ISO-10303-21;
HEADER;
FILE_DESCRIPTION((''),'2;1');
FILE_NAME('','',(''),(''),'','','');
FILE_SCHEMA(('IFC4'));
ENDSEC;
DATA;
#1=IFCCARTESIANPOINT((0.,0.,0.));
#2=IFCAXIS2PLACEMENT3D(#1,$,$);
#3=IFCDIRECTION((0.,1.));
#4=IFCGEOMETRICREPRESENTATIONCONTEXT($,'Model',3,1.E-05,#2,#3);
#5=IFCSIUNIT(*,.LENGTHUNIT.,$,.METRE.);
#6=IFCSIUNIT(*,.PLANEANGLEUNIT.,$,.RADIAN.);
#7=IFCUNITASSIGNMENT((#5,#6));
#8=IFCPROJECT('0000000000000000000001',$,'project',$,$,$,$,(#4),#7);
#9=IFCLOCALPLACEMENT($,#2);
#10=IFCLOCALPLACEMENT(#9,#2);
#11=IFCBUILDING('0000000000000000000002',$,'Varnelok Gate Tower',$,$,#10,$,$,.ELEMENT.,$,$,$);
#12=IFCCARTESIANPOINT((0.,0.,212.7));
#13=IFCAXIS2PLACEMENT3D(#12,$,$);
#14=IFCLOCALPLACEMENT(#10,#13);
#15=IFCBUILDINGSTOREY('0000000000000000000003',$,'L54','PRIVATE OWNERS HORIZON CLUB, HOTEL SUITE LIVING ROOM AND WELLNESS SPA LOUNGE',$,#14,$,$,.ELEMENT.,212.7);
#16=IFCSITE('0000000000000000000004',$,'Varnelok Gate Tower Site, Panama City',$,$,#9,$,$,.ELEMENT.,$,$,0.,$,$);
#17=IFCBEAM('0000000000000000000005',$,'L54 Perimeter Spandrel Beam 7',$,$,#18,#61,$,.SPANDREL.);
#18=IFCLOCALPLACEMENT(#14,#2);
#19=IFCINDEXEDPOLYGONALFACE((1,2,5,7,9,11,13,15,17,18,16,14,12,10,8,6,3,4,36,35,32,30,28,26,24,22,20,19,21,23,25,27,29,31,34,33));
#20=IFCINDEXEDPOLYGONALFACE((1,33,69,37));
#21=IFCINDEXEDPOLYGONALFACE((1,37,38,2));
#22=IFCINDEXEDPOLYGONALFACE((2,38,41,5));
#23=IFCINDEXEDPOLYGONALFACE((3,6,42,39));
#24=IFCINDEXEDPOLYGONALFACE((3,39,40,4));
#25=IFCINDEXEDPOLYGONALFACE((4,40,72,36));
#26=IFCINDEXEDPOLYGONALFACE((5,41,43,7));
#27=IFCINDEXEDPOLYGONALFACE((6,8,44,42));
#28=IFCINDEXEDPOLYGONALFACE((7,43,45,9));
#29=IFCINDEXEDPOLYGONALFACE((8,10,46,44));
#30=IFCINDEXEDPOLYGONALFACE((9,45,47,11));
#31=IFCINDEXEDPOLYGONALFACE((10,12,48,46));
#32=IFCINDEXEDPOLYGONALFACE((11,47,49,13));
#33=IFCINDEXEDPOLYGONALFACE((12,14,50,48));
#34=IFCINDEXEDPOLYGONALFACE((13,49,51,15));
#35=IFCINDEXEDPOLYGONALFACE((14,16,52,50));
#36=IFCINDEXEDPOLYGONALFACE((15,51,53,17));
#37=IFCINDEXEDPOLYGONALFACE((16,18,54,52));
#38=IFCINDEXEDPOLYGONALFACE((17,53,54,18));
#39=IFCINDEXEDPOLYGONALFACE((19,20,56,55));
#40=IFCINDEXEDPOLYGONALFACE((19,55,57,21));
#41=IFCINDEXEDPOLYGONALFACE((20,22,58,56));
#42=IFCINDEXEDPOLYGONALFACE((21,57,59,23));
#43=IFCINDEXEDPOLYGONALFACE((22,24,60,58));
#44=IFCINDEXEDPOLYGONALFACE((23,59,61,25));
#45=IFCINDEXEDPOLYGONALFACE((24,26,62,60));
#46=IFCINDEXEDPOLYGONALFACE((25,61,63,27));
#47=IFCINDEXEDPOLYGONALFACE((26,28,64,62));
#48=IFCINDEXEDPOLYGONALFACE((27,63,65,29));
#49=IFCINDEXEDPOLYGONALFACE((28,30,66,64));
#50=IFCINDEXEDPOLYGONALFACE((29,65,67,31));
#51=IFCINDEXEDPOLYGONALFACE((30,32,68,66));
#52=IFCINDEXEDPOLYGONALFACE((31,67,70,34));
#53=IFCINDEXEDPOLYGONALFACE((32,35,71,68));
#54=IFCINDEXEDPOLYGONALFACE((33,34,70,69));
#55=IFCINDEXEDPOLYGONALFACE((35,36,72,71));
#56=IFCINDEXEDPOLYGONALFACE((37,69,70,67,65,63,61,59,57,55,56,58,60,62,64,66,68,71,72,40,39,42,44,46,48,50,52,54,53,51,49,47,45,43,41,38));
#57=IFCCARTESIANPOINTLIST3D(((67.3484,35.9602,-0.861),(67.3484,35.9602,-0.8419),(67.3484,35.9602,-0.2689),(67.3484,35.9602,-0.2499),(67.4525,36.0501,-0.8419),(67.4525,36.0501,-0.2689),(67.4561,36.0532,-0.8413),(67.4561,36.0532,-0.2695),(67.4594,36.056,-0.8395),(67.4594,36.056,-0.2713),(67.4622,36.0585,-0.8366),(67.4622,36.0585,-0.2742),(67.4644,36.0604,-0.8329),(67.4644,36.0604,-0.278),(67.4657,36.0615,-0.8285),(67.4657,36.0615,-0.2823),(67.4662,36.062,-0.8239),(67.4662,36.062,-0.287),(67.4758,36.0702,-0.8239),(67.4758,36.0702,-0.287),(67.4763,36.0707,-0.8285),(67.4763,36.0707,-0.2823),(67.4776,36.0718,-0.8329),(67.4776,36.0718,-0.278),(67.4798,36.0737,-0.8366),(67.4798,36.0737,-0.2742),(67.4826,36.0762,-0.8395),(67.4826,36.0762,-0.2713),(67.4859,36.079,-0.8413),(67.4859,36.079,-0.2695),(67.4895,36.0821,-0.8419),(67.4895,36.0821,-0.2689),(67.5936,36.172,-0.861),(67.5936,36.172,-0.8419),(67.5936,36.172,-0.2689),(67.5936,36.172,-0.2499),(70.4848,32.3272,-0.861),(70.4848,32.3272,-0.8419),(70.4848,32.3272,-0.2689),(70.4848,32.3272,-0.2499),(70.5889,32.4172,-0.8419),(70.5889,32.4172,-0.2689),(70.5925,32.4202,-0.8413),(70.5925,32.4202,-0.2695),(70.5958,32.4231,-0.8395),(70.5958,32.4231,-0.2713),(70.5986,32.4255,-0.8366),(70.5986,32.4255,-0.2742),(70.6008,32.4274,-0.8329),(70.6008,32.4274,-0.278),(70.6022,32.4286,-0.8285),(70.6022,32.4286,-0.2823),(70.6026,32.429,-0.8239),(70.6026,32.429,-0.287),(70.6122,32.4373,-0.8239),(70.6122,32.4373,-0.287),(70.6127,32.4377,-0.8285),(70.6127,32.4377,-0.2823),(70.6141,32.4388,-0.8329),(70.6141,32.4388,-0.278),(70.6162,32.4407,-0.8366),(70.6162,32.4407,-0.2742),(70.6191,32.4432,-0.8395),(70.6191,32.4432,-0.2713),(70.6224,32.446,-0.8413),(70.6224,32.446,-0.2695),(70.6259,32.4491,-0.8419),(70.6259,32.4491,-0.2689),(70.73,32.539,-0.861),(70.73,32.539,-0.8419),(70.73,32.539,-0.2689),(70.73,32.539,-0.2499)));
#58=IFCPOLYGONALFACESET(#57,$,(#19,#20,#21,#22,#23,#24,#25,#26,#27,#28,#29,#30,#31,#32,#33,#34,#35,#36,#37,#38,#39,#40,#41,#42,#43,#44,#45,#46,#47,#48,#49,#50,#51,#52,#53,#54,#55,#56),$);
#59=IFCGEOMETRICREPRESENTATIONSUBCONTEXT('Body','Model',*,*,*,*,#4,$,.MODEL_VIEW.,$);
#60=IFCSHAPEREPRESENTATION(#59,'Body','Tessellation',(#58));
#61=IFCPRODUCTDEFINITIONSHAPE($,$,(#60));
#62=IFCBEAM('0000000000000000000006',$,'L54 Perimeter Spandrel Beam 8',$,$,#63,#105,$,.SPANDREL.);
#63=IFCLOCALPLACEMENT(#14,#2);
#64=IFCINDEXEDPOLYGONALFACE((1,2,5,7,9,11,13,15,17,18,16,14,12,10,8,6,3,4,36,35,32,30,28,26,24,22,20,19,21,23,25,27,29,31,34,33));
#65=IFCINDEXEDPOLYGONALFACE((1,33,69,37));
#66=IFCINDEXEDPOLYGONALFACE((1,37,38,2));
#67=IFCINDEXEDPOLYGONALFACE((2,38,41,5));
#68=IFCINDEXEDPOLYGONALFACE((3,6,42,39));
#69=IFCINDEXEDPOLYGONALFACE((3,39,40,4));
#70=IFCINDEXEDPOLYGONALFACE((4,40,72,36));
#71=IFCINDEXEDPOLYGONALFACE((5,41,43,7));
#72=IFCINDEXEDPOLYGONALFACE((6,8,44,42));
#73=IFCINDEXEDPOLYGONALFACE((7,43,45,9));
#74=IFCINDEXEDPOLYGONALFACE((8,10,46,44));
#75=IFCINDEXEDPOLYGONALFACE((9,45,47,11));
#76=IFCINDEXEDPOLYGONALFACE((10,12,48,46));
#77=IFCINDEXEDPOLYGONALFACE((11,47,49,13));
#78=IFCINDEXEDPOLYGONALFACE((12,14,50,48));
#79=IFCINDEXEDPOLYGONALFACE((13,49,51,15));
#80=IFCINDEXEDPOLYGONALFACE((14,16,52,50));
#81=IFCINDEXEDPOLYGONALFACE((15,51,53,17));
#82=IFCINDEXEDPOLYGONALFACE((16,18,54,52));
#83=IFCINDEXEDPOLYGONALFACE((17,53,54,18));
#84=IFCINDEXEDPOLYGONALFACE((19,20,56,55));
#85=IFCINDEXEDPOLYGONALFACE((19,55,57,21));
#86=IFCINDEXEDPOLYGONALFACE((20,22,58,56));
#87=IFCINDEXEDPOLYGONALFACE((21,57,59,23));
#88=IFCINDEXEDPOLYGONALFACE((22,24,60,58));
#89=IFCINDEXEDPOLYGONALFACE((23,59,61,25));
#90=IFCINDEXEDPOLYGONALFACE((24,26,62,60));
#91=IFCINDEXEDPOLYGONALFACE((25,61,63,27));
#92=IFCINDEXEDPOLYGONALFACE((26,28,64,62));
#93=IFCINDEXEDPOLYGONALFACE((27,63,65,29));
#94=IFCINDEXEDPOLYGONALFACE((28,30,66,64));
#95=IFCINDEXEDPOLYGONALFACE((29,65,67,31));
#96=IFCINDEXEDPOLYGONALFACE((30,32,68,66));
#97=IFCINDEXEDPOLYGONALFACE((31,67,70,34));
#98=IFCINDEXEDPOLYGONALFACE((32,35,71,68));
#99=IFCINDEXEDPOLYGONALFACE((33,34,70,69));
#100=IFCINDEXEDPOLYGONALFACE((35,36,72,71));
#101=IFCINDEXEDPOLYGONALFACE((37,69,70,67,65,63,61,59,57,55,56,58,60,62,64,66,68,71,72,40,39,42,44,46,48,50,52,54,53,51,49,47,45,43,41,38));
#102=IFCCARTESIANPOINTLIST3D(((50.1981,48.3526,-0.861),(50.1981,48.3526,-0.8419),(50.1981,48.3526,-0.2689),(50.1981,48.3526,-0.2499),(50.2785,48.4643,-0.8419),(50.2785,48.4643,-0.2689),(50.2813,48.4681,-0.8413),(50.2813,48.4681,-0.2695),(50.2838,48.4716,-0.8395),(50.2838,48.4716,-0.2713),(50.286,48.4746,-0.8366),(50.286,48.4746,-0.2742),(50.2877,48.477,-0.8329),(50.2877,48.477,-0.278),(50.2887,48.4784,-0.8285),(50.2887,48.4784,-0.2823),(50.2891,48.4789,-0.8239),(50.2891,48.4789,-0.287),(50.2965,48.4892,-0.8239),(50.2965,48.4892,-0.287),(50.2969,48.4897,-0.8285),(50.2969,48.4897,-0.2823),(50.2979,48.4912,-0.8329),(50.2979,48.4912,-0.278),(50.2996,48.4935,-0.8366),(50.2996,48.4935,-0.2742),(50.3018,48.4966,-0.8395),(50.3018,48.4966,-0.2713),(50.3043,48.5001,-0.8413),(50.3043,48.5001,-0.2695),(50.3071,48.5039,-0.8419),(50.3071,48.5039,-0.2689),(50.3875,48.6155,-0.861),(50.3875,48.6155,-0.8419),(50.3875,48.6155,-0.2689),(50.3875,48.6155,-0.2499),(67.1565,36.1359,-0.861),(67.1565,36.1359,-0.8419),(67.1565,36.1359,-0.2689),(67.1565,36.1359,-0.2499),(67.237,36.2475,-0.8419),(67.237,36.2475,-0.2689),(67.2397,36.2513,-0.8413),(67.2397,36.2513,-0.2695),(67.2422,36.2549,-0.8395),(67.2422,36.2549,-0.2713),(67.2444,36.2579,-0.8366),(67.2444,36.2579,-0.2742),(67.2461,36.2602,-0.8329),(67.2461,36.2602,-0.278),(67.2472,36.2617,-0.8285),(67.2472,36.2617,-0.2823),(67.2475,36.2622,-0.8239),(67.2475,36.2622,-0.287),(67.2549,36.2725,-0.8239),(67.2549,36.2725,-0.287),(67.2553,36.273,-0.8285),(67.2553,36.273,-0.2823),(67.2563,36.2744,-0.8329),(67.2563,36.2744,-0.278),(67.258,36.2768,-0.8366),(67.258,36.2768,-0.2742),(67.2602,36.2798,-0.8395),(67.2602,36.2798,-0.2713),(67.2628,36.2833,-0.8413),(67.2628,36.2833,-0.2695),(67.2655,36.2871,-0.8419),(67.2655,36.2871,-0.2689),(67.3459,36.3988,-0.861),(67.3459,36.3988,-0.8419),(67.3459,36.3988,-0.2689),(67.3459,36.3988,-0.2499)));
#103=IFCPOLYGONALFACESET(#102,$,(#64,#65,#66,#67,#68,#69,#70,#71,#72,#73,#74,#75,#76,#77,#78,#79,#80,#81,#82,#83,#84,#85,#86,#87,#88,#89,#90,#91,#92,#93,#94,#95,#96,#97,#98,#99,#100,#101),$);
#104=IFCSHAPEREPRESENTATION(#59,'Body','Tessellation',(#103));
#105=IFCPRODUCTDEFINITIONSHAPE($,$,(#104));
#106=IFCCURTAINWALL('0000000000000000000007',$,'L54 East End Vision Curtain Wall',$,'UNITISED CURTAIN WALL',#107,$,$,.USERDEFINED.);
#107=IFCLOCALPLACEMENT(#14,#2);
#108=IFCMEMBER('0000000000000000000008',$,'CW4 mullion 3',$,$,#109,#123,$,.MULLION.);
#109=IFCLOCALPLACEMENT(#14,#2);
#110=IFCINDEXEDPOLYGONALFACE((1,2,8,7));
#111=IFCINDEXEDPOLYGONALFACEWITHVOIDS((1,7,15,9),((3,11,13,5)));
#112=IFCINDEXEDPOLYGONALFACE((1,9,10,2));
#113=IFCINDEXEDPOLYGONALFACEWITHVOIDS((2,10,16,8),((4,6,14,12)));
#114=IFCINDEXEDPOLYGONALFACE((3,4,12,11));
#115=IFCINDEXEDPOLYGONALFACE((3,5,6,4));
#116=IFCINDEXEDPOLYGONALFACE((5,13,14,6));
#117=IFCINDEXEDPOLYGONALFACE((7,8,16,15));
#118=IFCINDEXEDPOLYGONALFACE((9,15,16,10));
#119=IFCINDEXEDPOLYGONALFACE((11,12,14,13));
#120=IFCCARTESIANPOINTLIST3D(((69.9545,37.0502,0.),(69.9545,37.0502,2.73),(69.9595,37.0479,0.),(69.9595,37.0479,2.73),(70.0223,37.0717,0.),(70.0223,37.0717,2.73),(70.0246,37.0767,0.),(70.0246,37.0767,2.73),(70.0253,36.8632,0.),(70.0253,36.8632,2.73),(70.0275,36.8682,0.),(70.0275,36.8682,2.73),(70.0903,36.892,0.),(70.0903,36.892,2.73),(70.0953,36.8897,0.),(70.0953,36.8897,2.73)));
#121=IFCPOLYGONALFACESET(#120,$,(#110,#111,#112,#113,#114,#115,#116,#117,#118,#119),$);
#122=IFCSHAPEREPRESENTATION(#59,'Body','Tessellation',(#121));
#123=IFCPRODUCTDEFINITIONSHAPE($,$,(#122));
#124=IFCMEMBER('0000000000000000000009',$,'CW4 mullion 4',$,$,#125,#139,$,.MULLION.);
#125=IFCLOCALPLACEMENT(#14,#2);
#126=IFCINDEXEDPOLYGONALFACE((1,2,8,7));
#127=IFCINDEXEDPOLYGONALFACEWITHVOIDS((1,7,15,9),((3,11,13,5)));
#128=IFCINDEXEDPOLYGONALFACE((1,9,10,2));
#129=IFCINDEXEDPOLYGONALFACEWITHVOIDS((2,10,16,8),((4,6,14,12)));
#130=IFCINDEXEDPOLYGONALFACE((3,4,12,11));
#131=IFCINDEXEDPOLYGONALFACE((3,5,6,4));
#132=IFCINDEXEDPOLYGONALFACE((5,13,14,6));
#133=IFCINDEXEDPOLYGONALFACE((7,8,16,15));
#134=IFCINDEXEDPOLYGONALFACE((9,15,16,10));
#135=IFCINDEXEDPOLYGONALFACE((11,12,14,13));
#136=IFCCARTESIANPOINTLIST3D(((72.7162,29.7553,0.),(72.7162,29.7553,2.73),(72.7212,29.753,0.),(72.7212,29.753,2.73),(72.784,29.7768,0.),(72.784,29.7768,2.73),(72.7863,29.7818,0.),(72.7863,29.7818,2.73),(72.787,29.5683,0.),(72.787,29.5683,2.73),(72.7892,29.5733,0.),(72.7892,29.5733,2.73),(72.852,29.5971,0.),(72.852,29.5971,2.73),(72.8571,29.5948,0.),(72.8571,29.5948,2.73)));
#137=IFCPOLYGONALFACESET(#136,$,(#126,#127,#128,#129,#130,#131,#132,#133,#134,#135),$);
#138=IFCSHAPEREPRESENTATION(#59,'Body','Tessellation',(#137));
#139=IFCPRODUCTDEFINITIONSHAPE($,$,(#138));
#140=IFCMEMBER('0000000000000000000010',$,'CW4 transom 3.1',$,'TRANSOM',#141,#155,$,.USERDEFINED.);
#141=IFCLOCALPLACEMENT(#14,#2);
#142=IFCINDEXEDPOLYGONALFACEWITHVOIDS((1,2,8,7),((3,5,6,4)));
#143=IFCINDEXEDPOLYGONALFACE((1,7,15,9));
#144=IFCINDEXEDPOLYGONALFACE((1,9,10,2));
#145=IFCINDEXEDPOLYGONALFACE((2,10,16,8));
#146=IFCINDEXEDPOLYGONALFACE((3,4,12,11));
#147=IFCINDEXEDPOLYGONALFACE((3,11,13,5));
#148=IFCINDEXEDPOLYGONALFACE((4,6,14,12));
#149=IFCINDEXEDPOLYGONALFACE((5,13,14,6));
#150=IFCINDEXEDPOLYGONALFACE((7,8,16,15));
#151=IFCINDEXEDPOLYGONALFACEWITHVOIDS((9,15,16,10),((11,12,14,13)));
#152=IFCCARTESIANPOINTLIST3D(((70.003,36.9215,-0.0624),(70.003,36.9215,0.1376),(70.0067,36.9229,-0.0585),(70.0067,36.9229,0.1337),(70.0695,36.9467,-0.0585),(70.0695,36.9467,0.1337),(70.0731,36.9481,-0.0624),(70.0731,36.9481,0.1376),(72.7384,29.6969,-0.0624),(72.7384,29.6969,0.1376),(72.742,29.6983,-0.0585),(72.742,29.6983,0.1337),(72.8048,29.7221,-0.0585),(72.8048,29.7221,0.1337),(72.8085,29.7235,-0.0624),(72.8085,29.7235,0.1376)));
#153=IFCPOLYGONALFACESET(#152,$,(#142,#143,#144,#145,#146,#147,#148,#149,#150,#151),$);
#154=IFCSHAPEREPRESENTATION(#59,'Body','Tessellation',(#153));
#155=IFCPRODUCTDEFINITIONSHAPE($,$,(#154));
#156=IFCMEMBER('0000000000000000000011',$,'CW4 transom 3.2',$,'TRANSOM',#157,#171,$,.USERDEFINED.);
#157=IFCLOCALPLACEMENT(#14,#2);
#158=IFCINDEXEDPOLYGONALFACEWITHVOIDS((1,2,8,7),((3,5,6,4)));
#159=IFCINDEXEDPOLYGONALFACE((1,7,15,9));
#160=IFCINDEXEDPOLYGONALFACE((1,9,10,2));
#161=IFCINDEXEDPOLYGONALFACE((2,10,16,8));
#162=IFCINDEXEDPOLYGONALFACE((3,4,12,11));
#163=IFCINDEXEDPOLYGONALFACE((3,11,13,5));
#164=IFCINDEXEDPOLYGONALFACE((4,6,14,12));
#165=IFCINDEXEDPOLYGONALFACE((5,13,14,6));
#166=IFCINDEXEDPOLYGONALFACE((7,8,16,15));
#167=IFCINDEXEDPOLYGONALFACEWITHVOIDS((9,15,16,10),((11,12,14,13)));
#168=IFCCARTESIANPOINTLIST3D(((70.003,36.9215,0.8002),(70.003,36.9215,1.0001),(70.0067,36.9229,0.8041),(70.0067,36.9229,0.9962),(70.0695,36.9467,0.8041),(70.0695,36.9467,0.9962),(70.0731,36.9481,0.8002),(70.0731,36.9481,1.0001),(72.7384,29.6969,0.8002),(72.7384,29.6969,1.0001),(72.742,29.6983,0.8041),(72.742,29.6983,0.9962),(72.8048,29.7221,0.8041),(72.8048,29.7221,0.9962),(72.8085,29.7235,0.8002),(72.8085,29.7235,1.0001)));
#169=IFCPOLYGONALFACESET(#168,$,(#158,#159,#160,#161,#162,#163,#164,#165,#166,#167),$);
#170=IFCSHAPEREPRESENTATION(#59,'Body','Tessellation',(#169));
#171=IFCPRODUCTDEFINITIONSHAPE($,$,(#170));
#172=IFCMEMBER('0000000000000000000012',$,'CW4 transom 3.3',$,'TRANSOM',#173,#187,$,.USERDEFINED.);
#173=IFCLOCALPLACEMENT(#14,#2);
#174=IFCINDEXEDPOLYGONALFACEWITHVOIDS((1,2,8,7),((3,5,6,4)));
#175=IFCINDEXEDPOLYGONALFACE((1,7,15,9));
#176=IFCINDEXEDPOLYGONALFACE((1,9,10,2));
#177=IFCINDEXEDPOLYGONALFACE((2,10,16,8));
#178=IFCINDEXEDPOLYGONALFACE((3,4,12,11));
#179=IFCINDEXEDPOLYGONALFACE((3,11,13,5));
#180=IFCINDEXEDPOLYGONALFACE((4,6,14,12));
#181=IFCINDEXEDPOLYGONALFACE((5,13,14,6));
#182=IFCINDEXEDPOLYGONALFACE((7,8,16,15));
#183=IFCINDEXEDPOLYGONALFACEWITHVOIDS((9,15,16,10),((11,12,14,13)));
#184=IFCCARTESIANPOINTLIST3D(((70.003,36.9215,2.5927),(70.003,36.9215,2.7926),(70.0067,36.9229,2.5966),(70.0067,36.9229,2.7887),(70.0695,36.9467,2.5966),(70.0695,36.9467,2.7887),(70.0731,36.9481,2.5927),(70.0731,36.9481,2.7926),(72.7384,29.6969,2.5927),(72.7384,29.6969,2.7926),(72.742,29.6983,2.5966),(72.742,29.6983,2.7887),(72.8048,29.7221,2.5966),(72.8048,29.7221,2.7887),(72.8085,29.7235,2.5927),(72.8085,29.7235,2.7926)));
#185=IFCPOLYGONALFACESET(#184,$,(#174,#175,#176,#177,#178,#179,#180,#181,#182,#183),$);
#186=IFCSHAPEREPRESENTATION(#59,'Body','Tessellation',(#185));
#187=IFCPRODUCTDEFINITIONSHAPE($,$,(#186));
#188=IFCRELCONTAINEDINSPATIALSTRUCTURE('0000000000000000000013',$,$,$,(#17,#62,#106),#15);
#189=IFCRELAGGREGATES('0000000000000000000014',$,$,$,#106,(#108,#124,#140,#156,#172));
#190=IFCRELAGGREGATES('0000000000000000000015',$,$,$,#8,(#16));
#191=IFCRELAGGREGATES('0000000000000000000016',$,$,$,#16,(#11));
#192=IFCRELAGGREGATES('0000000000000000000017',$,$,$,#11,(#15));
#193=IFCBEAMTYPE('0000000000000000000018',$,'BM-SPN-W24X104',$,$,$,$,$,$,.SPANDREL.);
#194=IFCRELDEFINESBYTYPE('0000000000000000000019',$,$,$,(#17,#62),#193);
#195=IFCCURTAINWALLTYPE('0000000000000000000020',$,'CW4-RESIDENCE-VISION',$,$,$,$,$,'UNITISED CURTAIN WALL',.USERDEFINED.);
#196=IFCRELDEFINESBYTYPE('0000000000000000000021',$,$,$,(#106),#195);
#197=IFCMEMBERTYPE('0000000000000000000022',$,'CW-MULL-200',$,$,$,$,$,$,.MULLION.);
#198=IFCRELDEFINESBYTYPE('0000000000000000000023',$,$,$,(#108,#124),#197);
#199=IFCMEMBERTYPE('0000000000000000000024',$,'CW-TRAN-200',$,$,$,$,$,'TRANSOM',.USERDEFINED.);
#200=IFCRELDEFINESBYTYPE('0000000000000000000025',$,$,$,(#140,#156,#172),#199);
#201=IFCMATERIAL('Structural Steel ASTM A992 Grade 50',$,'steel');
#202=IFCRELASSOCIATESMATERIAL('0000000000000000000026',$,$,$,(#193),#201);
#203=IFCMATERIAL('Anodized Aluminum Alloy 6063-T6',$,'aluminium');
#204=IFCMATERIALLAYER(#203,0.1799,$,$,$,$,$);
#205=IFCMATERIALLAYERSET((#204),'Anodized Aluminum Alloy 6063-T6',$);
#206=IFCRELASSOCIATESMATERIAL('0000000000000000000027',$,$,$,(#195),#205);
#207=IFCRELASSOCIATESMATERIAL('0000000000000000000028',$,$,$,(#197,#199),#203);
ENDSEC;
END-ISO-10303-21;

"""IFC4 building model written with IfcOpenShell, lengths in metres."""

from ifc_helpers import new_model, si_unit, direction, frame, origin, origin_2d, place, context, subcontext, project, spatial, hollow_rectangle, i_section, extrude, material, layer, layer_set, material_profile, profile_set, type_object, element, aggregate, save


model = new_model("IFC4")

# Units and contexts
model_context = context("Model", 3, precision=1e-05, world=origin(), true_north=direction((0.0, 1.0)))
body_context = subcontext(model_context, "Body", "Model", "MODEL_VIEW")
ifc_project = project(units=[si_unit("LENGTHUNIT", "METRE"), si_unit("PLANEANGLEUNIT", "RADIAN")], contexts=[model_context])

# Site, building, storey
site_placement = place(None, origin())
site = spatial("IfcSite", under=ifc_project, at=site_placement, Name="Varnelok Gate Tower Site, Panama City", CompositionType="ELEMENT", RefElevation=0.0)
building_placement = place(site_placement, origin())
building = spatial("IfcBuilding", under=site, at=building_placement, Name="Varnelok Gate Tower", CompositionType="ELEMENT")
storey_placement = place(building_placement, frame((0.0, 0.0, 212.7)))
storey = spatial("IfcBuildingStorey", under=building, at=storey_placement, Name="L54", Description="PRIVATE OWNERS HORIZON CLUB, HOTEL SUITE LIVING ROOM AND WELLNESS SPA LOUNGE", CompositionType="ELEMENT", Elevation=212.7)

# Shared definitions
ifc_material_1 = material(Name="Structural Steel ASTM A992 Grade 50", Category="steel")

# Beams
ifc_material_profile_1 = material_profile(ifc_material_1, i_section(OverallWidth=0.324, OverallDepth=0.6111, WebThickness=0.0127, FlangeThickness=0.019, FilletRadius=0.0181, at=origin_2d()), Name="W24X104")
ifc_profile_set_1 = profile_set([ifc_material_profile_1], Name="Structural Steel ASTM A992 Grade 50")
beam_type_1 = type_object("IfcBeamType", Name="BM-SPN-W24X104", PredefinedType="SPANDREL", material=ifc_profile_set_1)
beam_1_placement = place(storey_placement, frame((70.6074, 32.4331, -0.5554), z_axis=(-0.653481, 0.756943, 0.0), x_axis=(-0.756943, -0.653481, 0.0)))
element("IfcBeam", 1, at=beam_1_placement, inside=storey, type_object=beam_type_1, Name="L54 Perimeter Spandrel Beam 7", PredefinedType="SPANDREL", context=body_context, shape_type="SweptSolid", body=[
    extrude(i_section(OverallWidth=0.324, OverallDepth=0.6111, WebThickness=0.0127, FlangeThickness=0.019, FilletRadius=0.0181, at=origin_2d()), origin(), (0.0, 0.0, 1.0), 4.7996),
])
beam_2_placement = place(storey_placement, frame((67.2512, 36.2673, -0.5554), z_axis=(-0.811383, 0.584515, 0.0), x_axis=(-0.584515, -0.811383, 0.0)))
element("IfcBeam", 2, at=beam_2_placement, inside=storey, type_object=beam_type_1, Name="L54 Perimeter Spandrel Beam 8", PredefinedType="SPANDREL", context=body_context, shape_type="SweptSolid", body=[
    extrude(i_section(OverallWidth=0.324, OverallDepth=0.6111, WebThickness=0.0127, FlangeThickness=0.019, FilletRadius=0.0181, at=origin_2d()), origin(), (0.0, 0.0, 1.0), 20.9006),
])

# Curtain wall, members
ifc_material_2 = material(Name="Anodized Aluminum Alloy 6063-T6", Category="aluminium")
ifc_layer_1 = layer(ifc_material_2, 0.1799)
ifc_layer_set_1 = layer_set([ifc_layer_1], Name="Anodized Aluminum Alloy 6063-T6")
curtain_wall_type = type_object("IfcCurtainWallType", Name="CW4-RESIDENCE-VISION", ElementType="UNITISED CURTAIN WALL", PredefinedType="USERDEFINED", material=ifc_layer_set_1)
curtain_wall_placement = place(storey_placement, origin())
curtain_wall = element("IfcCurtainWall", 3, at=curtain_wall_placement, inside=storey, type_object=curtain_wall_type, Name="L54 East End Vision Curtain Wall", ObjectType="UNITISED CURTAIN WALL", PredefinedType="USERDEFINED")
ifc_material_profile_2 = material_profile(ifc_material_2, hollow_rectangle(XDim=0.075, YDim=0.2, WallThickness=0.0039, at=origin_2d()), Name="ALU200X75X4")
ifc_profile_set_2 = profile_set([ifc_material_profile_2], Name="Anodized Aluminum Alloy 6063-T6")
member_type_1 = type_object("IfcMemberType", Name="CW-MULL-200", PredefinedType="MULLION", material=ifc_profile_set_2)
member_1_placement = place(storey_placement, frame((70.0249, 36.97, 0.0), z_axis=(0.0, 0.0, 1.0), x_axis=(0.935222, 0.354063, 0.0)))
member_1 = element("IfcMember", 4, at=member_1_placement, type_object=member_type_1, Name="CW4 mullion 3", PredefinedType="MULLION", context=body_context, shape_type="SweptSolid", body=[
    extrude(hollow_rectangle(XDim=0.075, YDim=0.2, WallThickness=0.0039, at=origin_2d()), origin(), (0.0, 0.0, 1.0), 2.73),
])
member_2_placement = place(storey_placement, frame((72.7866, 29.675, 0.0), z_axis=(0.0, 0.0, 1.0), x_axis=(0.935222, 0.354063, 0.0)))
member_2 = element("IfcMember", 5, at=member_2_placement, type_object=member_type_1, Name="CW4 mullion 4", PredefinedType="MULLION", context=body_context, shape_type="SweptSolid", body=[
    extrude(hollow_rectangle(XDim=0.075, YDim=0.2, WallThickness=0.0039, at=origin_2d()), origin(), (0.0, 0.0, 1.0), 2.73),
])
ifc_material_profile_3 = material_profile(ifc_material_2, hollow_rectangle(XDim=0.075, YDim=0.2, WallThickness=0.0039, at=origin_2d()), Name="ALU200X75X4")
ifc_profile_set_3 = profile_set([ifc_material_profile_3], Name="Anodized Aluminum Alloy 6063-T6")
member_type_2 = type_object("IfcMemberType", Name="CW-TRAN-200", ElementType="TRANSOM", PredefinedType="USERDEFINED", material=ifc_profile_set_3)
member_3_placement = place(storey_placement, frame((70.0381, 36.9348, 0.0376), z_axis=(0.354086, -0.935213, 0.0), x_axis=(0.935213, 0.354086, 0.0)))
member_3 = element("IfcMember", 6, at=member_3_placement, type_object=member_type_2, Name="CW4 transom 3.1", ObjectType="TRANSOM", PredefinedType="USERDEFINED", context=body_context, shape_type="SweptSolid", body=[
    extrude(hollow_rectangle(XDim=0.075, YDim=0.2, WallThickness=0.0039, at=origin_2d()), origin(), (0.0, 0.0, 1.0), 7.7251),
])
member_4_placement = place(storey_placement, frame((70.0381, 36.9348, 0.9001), z_axis=(0.354086, -0.935213, 0.0), x_axis=(0.935213, 0.354086, 0.0)))
member_4 = element("IfcMember", 7, at=member_4_placement, type_object=member_type_2, Name="CW4 transom 3.2", ObjectType="TRANSOM", PredefinedType="USERDEFINED", context=body_context, shape_type="SweptSolid", body=[
    extrude(hollow_rectangle(XDim=0.075, YDim=0.2, WallThickness=0.0039, at=origin_2d()), origin(), (0.0, 0.0, 1.0), 7.7251),
])
member_5_placement = place(storey_placement, frame((70.0381, 36.9348, 2.6926), z_axis=(0.354086, -0.935213, 0.0), x_axis=(0.935213, 0.354086, 0.0)))
member_5 = element("IfcMember", 8, at=member_5_placement, type_object=member_type_2, Name="CW4 transom 3.3", ObjectType="TRANSOM", PredefinedType="USERDEFINED", context=body_context, shape_type="SweptSolid", body=[
    extrude(hollow_rectangle(XDim=0.075, YDim=0.2, WallThickness=0.0039, at=origin_2d()), origin(), (0.0, 0.0, 1.0), 7.7251),
])
aggregate(curtain_wall, [member_1, member_2, member_3, member_4, member_5])

save(model, "model.ifc")
